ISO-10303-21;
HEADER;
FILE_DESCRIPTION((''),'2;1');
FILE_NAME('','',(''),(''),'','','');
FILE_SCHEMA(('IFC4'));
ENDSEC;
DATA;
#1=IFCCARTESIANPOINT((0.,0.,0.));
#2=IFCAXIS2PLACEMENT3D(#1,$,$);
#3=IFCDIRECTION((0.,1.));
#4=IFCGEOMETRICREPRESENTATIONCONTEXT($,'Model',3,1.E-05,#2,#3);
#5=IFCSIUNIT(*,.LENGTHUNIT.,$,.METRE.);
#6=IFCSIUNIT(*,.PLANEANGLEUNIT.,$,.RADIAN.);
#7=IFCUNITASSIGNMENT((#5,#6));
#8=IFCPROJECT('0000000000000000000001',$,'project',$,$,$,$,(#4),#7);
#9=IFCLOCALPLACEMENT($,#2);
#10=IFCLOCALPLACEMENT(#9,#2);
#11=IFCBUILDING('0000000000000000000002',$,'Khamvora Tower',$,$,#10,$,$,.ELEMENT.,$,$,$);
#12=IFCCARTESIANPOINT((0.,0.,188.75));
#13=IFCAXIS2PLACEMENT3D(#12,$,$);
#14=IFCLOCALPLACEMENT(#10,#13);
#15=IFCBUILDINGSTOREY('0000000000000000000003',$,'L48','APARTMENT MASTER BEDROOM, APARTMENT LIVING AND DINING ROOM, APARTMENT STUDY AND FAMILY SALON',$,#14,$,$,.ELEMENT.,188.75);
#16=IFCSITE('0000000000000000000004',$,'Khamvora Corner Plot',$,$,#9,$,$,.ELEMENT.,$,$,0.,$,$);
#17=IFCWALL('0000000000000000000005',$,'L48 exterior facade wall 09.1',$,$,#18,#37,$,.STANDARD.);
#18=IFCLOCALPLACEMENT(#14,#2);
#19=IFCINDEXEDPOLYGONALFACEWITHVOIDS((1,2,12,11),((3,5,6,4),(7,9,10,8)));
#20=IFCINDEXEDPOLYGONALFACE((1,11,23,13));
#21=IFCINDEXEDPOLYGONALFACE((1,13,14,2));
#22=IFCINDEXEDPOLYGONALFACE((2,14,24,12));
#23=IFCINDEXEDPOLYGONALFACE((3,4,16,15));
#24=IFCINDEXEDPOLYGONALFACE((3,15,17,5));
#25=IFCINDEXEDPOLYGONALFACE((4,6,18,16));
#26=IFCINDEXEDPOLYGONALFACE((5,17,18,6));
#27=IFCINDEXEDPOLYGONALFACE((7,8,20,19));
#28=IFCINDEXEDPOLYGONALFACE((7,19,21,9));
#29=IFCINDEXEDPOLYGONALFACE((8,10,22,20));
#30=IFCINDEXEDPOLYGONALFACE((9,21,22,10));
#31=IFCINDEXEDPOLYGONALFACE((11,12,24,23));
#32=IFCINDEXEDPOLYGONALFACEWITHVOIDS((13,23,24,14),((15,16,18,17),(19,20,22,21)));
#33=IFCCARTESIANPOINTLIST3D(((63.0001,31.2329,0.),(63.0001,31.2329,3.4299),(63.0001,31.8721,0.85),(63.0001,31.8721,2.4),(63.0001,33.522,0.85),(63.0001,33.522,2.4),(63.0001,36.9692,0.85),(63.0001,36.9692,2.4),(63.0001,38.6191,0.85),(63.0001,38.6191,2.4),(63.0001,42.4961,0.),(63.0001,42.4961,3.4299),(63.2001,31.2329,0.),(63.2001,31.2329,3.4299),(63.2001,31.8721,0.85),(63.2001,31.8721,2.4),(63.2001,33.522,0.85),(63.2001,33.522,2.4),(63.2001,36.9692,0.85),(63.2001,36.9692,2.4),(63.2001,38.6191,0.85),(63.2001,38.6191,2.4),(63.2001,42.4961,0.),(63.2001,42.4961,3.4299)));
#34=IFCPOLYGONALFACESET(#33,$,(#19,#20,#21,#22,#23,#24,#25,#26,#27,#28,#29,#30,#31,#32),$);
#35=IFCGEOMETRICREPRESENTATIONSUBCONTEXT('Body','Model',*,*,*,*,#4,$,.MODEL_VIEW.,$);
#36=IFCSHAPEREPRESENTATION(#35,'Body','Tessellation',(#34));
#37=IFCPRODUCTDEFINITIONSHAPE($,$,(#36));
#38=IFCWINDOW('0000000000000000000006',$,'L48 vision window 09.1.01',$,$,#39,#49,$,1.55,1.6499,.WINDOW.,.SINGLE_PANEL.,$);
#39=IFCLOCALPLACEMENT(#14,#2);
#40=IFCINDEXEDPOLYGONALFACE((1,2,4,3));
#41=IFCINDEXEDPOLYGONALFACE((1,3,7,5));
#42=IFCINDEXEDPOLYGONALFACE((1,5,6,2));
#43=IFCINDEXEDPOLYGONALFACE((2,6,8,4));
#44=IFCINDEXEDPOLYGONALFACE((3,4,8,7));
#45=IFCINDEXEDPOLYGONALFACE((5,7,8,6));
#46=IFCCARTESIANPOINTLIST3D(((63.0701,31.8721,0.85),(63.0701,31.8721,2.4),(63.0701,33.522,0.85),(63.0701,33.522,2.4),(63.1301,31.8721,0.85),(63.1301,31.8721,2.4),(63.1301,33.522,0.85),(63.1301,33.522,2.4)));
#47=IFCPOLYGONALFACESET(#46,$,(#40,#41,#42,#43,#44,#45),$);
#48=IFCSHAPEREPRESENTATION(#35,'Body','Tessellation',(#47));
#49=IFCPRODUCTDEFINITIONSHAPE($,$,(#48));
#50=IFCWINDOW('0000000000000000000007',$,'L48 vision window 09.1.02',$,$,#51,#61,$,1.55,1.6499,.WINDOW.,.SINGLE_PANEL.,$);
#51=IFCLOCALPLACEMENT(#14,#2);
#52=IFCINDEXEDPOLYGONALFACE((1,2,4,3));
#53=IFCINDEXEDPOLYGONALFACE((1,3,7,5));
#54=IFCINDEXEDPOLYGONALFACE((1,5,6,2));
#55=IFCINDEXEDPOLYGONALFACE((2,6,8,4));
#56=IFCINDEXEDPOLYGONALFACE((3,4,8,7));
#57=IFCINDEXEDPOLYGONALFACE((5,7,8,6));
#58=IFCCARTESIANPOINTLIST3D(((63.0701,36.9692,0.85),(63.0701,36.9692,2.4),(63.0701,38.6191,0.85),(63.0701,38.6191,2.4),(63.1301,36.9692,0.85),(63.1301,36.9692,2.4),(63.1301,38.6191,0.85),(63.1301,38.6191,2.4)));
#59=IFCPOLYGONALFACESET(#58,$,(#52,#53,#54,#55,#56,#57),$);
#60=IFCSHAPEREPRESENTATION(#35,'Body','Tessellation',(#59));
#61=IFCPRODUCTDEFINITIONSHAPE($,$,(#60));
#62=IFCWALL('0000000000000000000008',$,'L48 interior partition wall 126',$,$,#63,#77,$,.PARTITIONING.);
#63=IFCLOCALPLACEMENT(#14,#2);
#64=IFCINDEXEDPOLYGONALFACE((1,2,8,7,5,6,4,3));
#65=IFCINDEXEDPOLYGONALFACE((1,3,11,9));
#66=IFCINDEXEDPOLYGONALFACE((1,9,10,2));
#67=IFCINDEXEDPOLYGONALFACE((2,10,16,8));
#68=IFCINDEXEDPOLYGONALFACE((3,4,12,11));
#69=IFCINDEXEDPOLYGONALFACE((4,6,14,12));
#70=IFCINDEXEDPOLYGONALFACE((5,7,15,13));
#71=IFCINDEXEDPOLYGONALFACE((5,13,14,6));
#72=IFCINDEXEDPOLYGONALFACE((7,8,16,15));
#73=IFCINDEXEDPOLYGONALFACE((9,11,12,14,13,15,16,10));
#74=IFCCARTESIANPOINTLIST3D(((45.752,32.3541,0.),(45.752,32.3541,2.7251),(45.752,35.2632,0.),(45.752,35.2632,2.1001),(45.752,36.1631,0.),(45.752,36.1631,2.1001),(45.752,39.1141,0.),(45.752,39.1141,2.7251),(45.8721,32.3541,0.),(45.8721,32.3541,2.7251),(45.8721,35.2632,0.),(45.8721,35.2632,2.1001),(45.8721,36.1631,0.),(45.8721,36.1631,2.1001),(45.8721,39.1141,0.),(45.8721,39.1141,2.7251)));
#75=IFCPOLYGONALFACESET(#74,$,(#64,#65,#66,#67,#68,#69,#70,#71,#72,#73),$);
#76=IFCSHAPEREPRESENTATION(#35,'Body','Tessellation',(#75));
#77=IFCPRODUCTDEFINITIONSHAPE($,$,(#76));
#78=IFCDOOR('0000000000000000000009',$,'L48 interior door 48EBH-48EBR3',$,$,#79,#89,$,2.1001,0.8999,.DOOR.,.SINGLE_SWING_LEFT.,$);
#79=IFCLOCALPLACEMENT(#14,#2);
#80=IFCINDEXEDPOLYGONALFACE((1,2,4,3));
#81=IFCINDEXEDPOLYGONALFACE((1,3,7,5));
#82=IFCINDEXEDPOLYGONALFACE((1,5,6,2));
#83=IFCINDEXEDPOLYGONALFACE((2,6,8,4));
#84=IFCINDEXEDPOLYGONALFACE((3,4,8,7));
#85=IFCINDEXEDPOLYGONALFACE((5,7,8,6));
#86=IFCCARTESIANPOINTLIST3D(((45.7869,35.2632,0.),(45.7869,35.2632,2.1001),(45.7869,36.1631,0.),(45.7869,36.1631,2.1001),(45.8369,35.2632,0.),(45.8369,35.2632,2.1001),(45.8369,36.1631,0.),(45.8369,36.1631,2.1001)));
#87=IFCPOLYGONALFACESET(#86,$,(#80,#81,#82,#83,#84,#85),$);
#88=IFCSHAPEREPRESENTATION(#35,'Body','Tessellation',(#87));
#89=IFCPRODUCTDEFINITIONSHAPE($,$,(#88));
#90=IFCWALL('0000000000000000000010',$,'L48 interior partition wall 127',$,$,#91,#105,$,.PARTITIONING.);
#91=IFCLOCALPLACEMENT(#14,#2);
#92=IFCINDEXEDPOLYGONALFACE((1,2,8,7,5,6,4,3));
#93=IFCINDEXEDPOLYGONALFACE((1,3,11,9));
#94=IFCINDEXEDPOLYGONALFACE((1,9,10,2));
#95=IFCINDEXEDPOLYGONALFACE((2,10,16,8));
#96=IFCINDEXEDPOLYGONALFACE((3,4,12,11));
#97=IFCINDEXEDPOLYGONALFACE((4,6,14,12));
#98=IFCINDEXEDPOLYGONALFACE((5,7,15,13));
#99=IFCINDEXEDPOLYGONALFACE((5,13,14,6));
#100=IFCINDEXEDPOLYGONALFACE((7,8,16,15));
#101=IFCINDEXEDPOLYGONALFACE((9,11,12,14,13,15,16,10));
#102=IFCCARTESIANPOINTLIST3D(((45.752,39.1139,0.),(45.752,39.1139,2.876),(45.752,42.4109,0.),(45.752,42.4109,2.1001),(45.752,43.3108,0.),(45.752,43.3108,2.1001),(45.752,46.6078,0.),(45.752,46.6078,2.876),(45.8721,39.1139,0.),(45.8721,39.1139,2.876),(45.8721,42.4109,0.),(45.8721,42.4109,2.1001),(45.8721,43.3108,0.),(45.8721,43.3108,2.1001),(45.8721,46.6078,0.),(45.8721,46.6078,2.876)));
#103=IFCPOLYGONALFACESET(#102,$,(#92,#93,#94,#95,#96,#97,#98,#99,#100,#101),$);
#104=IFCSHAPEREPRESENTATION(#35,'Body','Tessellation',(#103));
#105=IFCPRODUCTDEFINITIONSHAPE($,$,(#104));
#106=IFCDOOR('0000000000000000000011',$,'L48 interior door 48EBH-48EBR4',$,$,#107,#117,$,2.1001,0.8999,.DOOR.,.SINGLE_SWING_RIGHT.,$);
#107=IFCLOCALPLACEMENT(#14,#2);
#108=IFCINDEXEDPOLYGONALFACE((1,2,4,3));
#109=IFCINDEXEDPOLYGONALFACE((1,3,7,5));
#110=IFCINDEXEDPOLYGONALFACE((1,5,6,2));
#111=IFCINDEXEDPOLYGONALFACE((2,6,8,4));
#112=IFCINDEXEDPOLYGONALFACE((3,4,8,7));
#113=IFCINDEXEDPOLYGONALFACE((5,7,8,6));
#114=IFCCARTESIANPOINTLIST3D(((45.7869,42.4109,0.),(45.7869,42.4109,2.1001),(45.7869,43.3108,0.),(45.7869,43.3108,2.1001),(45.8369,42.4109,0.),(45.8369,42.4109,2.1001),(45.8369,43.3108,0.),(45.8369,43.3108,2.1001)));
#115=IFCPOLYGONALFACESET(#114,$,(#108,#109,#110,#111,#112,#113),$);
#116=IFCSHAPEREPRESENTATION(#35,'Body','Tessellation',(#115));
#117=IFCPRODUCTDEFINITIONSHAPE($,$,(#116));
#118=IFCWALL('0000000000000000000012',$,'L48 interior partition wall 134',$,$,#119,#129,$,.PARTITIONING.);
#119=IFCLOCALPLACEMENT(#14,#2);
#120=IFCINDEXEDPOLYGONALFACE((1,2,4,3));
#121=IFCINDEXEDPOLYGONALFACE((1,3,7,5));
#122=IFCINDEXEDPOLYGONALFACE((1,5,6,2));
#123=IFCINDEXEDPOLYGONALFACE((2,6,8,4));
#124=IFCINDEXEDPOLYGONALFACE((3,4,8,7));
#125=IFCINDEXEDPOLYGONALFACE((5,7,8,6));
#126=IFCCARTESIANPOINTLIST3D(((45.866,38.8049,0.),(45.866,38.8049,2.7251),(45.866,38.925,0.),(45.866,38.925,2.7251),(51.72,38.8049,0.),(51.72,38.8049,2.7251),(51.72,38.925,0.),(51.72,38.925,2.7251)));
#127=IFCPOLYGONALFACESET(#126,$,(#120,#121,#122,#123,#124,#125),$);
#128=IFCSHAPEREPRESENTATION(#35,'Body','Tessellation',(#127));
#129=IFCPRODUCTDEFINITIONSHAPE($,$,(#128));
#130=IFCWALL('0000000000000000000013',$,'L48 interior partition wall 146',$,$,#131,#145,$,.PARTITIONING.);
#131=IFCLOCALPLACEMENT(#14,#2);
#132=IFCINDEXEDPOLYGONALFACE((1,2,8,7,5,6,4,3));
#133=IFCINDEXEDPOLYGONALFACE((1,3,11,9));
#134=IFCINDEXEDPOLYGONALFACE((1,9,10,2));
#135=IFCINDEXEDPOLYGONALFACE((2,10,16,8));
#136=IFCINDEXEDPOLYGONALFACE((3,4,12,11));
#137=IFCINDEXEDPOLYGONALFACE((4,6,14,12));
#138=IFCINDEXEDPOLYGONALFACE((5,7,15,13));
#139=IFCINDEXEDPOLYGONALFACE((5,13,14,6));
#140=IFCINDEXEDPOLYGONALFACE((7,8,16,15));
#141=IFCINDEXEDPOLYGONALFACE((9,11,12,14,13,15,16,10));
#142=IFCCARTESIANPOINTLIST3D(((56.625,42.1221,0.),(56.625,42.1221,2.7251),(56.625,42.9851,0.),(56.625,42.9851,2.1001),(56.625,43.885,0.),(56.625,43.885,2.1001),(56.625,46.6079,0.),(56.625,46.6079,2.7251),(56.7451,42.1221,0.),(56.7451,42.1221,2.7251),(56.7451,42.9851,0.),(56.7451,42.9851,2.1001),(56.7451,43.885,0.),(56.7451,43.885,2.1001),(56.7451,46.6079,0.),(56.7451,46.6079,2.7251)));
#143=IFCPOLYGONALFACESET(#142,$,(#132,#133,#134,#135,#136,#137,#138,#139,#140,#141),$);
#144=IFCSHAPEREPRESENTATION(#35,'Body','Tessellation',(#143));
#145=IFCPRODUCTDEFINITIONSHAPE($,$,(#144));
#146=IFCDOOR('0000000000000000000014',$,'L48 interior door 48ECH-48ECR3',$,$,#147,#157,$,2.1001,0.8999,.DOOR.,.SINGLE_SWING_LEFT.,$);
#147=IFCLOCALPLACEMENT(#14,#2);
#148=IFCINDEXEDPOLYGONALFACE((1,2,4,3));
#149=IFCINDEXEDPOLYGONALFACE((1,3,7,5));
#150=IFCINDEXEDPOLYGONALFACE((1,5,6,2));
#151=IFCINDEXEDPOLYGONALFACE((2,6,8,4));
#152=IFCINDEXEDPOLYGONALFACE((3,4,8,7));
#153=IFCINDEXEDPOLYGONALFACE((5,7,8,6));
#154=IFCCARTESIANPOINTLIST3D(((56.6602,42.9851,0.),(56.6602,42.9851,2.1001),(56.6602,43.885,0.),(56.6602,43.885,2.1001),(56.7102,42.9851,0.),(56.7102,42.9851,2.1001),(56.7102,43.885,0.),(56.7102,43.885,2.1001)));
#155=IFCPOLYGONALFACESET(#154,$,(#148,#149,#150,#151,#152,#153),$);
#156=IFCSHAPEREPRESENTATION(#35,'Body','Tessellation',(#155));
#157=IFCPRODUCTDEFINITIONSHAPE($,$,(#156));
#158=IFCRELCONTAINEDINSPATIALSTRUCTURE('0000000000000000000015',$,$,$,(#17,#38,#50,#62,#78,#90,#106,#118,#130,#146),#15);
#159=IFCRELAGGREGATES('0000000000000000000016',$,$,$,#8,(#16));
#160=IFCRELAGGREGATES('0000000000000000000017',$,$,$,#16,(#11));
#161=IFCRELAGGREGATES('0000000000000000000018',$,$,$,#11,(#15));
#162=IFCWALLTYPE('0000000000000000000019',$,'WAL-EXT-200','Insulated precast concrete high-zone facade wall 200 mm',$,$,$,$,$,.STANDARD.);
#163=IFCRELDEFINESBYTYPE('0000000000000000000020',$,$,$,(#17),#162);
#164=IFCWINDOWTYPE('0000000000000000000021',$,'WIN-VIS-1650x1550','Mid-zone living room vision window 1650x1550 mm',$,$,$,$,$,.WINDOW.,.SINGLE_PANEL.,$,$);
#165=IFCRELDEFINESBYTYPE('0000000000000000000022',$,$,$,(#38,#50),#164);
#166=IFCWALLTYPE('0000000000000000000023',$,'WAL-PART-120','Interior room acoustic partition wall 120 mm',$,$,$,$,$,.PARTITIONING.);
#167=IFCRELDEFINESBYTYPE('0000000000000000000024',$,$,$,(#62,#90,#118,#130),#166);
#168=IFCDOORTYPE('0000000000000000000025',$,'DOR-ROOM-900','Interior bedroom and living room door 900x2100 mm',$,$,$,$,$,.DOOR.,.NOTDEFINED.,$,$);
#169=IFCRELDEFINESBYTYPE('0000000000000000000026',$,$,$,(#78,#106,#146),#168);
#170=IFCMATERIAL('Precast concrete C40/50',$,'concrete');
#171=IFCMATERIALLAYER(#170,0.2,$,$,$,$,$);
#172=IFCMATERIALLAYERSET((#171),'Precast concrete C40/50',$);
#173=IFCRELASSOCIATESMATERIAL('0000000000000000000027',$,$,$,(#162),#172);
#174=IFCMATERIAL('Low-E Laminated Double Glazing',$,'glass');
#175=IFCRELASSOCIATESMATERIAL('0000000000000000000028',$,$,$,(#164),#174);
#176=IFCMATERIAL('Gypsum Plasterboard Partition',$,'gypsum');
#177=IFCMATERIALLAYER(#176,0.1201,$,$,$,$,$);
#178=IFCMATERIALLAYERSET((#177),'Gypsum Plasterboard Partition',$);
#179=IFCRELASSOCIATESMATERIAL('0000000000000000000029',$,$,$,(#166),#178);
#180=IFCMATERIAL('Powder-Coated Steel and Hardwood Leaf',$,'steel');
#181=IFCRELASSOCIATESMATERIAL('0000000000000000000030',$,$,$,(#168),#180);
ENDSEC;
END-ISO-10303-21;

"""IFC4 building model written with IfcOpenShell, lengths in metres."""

from ifc_helpers import new_model, si_unit, direction, frame, frame_2d, origin, place, context, subcontext, project, spatial, rectangle, extrude, material, layer, layer_set, type_object, element, fill, save


model = new_model("IFC4")

# Units and contexts
model_context = context("Model", 3, precision=1e-05, world=origin(), true_north=direction((0.0, 1.0)))
body_context = subcontext(model_context, "Body", "Model", "MODEL_VIEW")
ifc_project = project(units=[si_unit("LENGTHUNIT", "METRE"), si_unit("PLANEANGLEUNIT", "RADIAN")], contexts=[model_context])

# Site, building, storey
site_placement = place(None, origin())
site = spatial("IfcSite", under=ifc_project, at=site_placement, Name="Khamvora Corner Plot", CompositionType="ELEMENT", RefElevation=0.0)
building_placement = place(site_placement, origin())
building = spatial("IfcBuilding", under=site, at=building_placement, Name="Khamvora Tower", CompositionType="ELEMENT")
storey_placement = place(building_placement, frame((0.0, 0.0, 188.75)))
storey = spatial("IfcBuildingStorey", under=building, at=storey_placement, Name="L48", Description="APARTMENT MASTER BEDROOM, APARTMENT LIVING AND DINING ROOM, APARTMENT STUDY AND FAMILY SALON", CompositionType="ELEMENT", Elevation=188.75)

# Shared definitions
ifc_material_1 = material(Name="Precast concrete C40/50", Category="concrete")
ifc_layer_1 = layer(ifc_material_1, 0.2)
ifc_layer_set_1 = layer_set([ifc_layer_1], Name="Precast concrete C40/50")
wall_type_1 = type_object("IfcWallType", Name="WAL-EXT-200", Description="Insulated precast concrete high-zone facade wall 200 mm", PredefinedType="STANDARD", material=ifc_layer_set_1)
ifc_material_2 = material(Name="Low-E Laminated Double Glazing", Category="glass")
window_type = type_object("IfcWindowType", Name="WIN-VIS-1650x1550", Description="Mid-zone living room vision window 1650x1550 mm", PartitioningType="SINGLE_PANEL", PredefinedType="WINDOW", material=ifc_material_2)

# Wall, openings, windows
wall_1_placement = place(storey_placement, frame((63.1001, 42.4961, 0.0), z_axis=(0.0, 0.0, 1.0), x_axis=(0.0, -1.0, 0.0)))
wall_1 = element("IfcWall", 1, at=wall_1_placement, inside=storey, type_object=wall_type_1, Name="L48 exterior facade wall 09.1", PredefinedType="STANDARD", context=body_context, shape_type="SweptSolid", body=[
    extrude(rectangle(XDim=11.2632, YDim=0.2, at=frame_2d((5.6316, 0.0))), origin(), (0.0, 0.0, 1.0), 3.4299),
])
opening_1_placement = place(wall_1_placement, frame((8.9741, 0.0, 0.8501)))
opening_1 = element("IfcOpeningElement", 2, at=opening_1_placement, cuts=wall_1, PredefinedType="OPENING", context=body_context, shape_type="SweptSolid", body=[
    extrude(rectangle(XDim=1.6499, YDim=1.55, at=frame_2d((0.825, 0.7749))), frame((0.0, 0.1099, 0.0), z_axis=(0.0, -1.0, 0.0), x_axis=(1.0, 0.0, 0.0)), (0.0, 0.0, 1.0), 0.22),
])
opening_2_placement = place(wall_1_placement, frame((3.877, 0.0, 0.8501)))
opening_2 = element("IfcOpeningElement", 3, at=opening_2_placement, cuts=wall_1, PredefinedType="OPENING", context=body_context, shape_type="SweptSolid", body=[
    extrude(rectangle(XDim=1.6499, YDim=1.55, at=frame_2d((0.825, 0.7749))), frame((0.0, 0.1099, 0.0), z_axis=(0.0, -1.0, 0.0), x_axis=(1.0, 0.0, 0.0)), (0.0, 0.0, 1.0), 0.22),
])
window_1_placement = place(opening_1_placement, origin())
window_1 = element("IfcWindow", 4, at=window_1_placement, inside=storey, type_object=window_type, Name="L48 vision window 09.1.01", OverallHeight=1.55, OverallWidth=1.6499, PartitioningType="SINGLE_PANEL", PredefinedType="WINDOW", context=body_context, shape_type="SweptSolid", body=[
    extrude(rectangle(XDim=1.6499, YDim=1.55, at=frame_2d((0.825, 0.7749))), frame((0.0, 0.03, 0.0), z_axis=(0.0, -1.0, 0.0), x_axis=(1.0, 0.0, 0.0)), (0.0, 0.0, 1.0), 0.0601),
])
fill(opening_1, window_1)
window_2_placement = place(opening_2_placement, origin())
window_2 = element("IfcWindow", 5, at=window_2_placement, inside=storey, type_object=window_type, Name="L48 vision window 09.1.02", OverallHeight=1.55, OverallWidth=1.6499, PartitioningType="SINGLE_PANEL", PredefinedType="WINDOW", context=body_context, shape_type="SweptSolid", body=[
    extrude(rectangle(XDim=1.6499, YDim=1.55, at=frame_2d((0.825, 0.7749))), frame((0.0, 0.03, 0.0), z_axis=(0.0, -1.0, 0.0), x_axis=(1.0, 0.0, 0.0)), (0.0, 0.0, 1.0), 0.0601),
])
fill(opening_2, window_2)

# Walls, openings, doors
ifc_material_3 = material(Name="Gypsum Plasterboard Partition", Category="gypsum")
ifc_layer_2 = layer(ifc_material_3, 0.1201)
ifc_layer_set_2 = layer_set([ifc_layer_2], Name="Gypsum Plasterboard Partition")
wall_type_2 = type_object("IfcWallType", Name="WAL-PART-120", Description="Interior room acoustic partition wall 120 mm", PredefinedType="PARTITIONING", material=ifc_layer_set_2)
wall_2_placement = place(storey_placement, frame((45.812, 39.114, 0.0), z_axis=(0.0, 0.0, 1.0), x_axis=(0.0, -1.0, 0.0)))
wall_2 = element("IfcWall", 6, at=wall_2_placement, inside=storey, type_object=wall_type_2, Name="L48 interior partition wall 126", PredefinedType="PARTITIONING", context=body_context, shape_type="SweptSolid", body=[
    extrude(rectangle(XDim=6.76, YDim=0.1201, at=frame_2d((3.3799, 0.0))), origin(), (0.0, 0.0, 1.0), 2.7251),
])
opening_3_placement = place(wall_2_placement, frame((2.9509, 0.0, 0.0)))
opening_3 = element("IfcOpeningElement", 7, at=opening_3_placement, cuts=wall_2, PredefinedType="OPENING", context=body_context, shape_type="SweptSolid", body=[
    extrude(rectangle(XDim=0.8999, YDim=2.1001, at=frame_2d((0.45, 1.05))), frame((0.0, 0.0701, 0.0), z_axis=(0.0, -1.0, 0.0), x_axis=(1.0, 0.0, 0.0)), (0.0, 0.0, 1.0), 0.1401),
])
ifc_material_4 = material(Name="Powder-Coated Steel and Hardwood Leaf", Category="steel")
door_type = type_object("IfcDoorType", Name="DOR-ROOM-900", Description="Interior bedroom and living room door 900x2100 mm", OperationType="NOTDEFINED", PredefinedType="DOOR", material=ifc_material_4)
door_1_placement = place(opening_3_placement, origin())
door_1 = element("IfcDoor", 8, at=door_1_placement, inside=storey, type_object=door_type, Name="L48 interior door 48EBH-48EBR3", OperationType="SINGLE_SWING_LEFT", OverallHeight=2.1001, OverallWidth=0.8999, PredefinedType="DOOR", context=body_context, shape_type="SweptSolid", body=[
    extrude(rectangle(XDim=0.8999, YDim=2.1001, at=frame_2d((0.45, 1.05))), frame((0.0, 0.0249, 0.0), z_axis=(0.0, -1.0, 0.0), x_axis=(1.0, 0.0, 0.0)), (0.0, 0.0, 1.0), 0.05),
])
fill(opening_3, door_1)
wall_3_placement = place(storey_placement, frame((45.812, 46.6079, 0.0), z_axis=(0.0, 0.0, 1.0), x_axis=(0.0, -1.0, 0.0)))
wall_3 = element("IfcWall", 9, at=wall_3_placement, inside=storey, type_object=wall_type_2, Name="L48 interior partition wall 127", PredefinedType="PARTITIONING", context=body_context, shape_type="SweptSolid", body=[
    extrude(rectangle(XDim=7.4939, YDim=0.1201, at=frame_2d((3.7471, 0.0))), origin(), (0.0, 0.0, 1.0), 2.876),
])
opening_4_placement = place(wall_3_placement, frame((3.2971, 0.0, 0.0)))
opening_4 = element("IfcOpeningElement", 10, at=opening_4_placement, cuts=wall_3, PredefinedType="OPENING", context=body_context, shape_type="SweptSolid", body=[
    extrude(rectangle(XDim=0.8999, YDim=2.1001, at=frame_2d((0.45, 1.05))), frame((0.0, 0.0701, 0.0), z_axis=(0.0, -1.0, 0.0), x_axis=(1.0, 0.0, 0.0)), (0.0, 0.0, 1.0), 0.1401),
])
door_2_placement = place(opening_4_placement, origin())
door_2 = element("IfcDoor", 11, at=door_2_placement, inside=storey, type_object=door_type, Name="L48 interior door 48EBH-48EBR4", OperationType="SINGLE_SWING_RIGHT", OverallHeight=2.1001, OverallWidth=0.8999, PredefinedType="DOOR", context=body_context, shape_type="SweptSolid", body=[
    extrude(rectangle(XDim=0.8999, YDim=2.1001, at=frame_2d((0.45, 1.05))), frame((0.0, 0.0249, 0.0), z_axis=(0.0, -1.0, 0.0), x_axis=(1.0, 0.0, 0.0)), (0.0, 0.0, 1.0), 0.05),
])
fill(opening_4, door_2)

# Wall
wall_4_placement = place(storey_placement, frame((45.866, 38.865, 0.0), z_axis=(0.0, 0.0, 1.0), x_axis=(1.0, 0.0, 0.0)))
element("IfcWall", 12, at=wall_4_placement, inside=storey, type_object=wall_type_2, Name="L48 interior partition wall 134", PredefinedType="PARTITIONING", context=body_context, shape_type="SweptSolid", body=[
    extrude(rectangle(XDim=5.854, YDim=0.1201, at=frame_2d((2.927, 0.0))), origin(), (0.0, 0.0, 1.0), 2.7251),
])

# Wall, opening, door
wall_5_placement = place(storey_placement, frame((56.6851, 42.1221, 0.0), z_axis=(0.0, 0.0, 1.0), x_axis=(0.0, 1.0, 0.0)))
wall_5 = element("IfcWall", 13, at=wall_5_placement, inside=storey, type_object=wall_type_2, Name="L48 interior partition wall 146", PredefinedType="PARTITIONING", context=body_context, shape_type="SweptSolid", body=[
    extrude(rectangle(XDim=4.4858, YDim=0.1201, at=frame_2d((2.2429, 0.0))), origin(), (0.0, 0.0, 1.0), 2.7251),
])
opening_5_placement = place(wall_5_placement, frame((0.863, 0.0, 0.0)))
opening_5 = element("IfcOpeningElement", 14, at=opening_5_placement, cuts=wall_5, PredefinedType="OPENING", context=body_context, shape_type="SweptSolid", body=[
    extrude(rectangle(XDim=0.8999, YDim=2.1001, at=frame_2d((0.45, 1.05))), frame((0.0, 0.0701, 0.0), z_axis=(0.0, -1.0, 0.0), x_axis=(1.0, 0.0, 0.0)), (0.0, 0.0, 1.0), 0.1401),
])
door_3_placement = place(opening_5_placement, origin())
door_3 = element("IfcDoor", 15, at=door_3_placement, inside=storey, type_object=door_type, Name="L48 interior door 48ECH-48ECR3", OperationType="SINGLE_SWING_LEFT", OverallHeight=2.1001, OverallWidth=0.8999, PredefinedType="DOOR", context=body_context, shape_type="SweptSolid", body=[
    extrude(rectangle(XDim=0.8999, YDim=2.1001, at=frame_2d((0.45, 1.05))), frame((0.0, 0.0249, 0.0), z_axis=(0.0, -1.0, 0.0), x_axis=(1.0, 0.0, 0.0)), (0.0, 0.0, 1.0), 0.05),
])
fill(opening_5, door_3)

save(model, "model.ifc")
